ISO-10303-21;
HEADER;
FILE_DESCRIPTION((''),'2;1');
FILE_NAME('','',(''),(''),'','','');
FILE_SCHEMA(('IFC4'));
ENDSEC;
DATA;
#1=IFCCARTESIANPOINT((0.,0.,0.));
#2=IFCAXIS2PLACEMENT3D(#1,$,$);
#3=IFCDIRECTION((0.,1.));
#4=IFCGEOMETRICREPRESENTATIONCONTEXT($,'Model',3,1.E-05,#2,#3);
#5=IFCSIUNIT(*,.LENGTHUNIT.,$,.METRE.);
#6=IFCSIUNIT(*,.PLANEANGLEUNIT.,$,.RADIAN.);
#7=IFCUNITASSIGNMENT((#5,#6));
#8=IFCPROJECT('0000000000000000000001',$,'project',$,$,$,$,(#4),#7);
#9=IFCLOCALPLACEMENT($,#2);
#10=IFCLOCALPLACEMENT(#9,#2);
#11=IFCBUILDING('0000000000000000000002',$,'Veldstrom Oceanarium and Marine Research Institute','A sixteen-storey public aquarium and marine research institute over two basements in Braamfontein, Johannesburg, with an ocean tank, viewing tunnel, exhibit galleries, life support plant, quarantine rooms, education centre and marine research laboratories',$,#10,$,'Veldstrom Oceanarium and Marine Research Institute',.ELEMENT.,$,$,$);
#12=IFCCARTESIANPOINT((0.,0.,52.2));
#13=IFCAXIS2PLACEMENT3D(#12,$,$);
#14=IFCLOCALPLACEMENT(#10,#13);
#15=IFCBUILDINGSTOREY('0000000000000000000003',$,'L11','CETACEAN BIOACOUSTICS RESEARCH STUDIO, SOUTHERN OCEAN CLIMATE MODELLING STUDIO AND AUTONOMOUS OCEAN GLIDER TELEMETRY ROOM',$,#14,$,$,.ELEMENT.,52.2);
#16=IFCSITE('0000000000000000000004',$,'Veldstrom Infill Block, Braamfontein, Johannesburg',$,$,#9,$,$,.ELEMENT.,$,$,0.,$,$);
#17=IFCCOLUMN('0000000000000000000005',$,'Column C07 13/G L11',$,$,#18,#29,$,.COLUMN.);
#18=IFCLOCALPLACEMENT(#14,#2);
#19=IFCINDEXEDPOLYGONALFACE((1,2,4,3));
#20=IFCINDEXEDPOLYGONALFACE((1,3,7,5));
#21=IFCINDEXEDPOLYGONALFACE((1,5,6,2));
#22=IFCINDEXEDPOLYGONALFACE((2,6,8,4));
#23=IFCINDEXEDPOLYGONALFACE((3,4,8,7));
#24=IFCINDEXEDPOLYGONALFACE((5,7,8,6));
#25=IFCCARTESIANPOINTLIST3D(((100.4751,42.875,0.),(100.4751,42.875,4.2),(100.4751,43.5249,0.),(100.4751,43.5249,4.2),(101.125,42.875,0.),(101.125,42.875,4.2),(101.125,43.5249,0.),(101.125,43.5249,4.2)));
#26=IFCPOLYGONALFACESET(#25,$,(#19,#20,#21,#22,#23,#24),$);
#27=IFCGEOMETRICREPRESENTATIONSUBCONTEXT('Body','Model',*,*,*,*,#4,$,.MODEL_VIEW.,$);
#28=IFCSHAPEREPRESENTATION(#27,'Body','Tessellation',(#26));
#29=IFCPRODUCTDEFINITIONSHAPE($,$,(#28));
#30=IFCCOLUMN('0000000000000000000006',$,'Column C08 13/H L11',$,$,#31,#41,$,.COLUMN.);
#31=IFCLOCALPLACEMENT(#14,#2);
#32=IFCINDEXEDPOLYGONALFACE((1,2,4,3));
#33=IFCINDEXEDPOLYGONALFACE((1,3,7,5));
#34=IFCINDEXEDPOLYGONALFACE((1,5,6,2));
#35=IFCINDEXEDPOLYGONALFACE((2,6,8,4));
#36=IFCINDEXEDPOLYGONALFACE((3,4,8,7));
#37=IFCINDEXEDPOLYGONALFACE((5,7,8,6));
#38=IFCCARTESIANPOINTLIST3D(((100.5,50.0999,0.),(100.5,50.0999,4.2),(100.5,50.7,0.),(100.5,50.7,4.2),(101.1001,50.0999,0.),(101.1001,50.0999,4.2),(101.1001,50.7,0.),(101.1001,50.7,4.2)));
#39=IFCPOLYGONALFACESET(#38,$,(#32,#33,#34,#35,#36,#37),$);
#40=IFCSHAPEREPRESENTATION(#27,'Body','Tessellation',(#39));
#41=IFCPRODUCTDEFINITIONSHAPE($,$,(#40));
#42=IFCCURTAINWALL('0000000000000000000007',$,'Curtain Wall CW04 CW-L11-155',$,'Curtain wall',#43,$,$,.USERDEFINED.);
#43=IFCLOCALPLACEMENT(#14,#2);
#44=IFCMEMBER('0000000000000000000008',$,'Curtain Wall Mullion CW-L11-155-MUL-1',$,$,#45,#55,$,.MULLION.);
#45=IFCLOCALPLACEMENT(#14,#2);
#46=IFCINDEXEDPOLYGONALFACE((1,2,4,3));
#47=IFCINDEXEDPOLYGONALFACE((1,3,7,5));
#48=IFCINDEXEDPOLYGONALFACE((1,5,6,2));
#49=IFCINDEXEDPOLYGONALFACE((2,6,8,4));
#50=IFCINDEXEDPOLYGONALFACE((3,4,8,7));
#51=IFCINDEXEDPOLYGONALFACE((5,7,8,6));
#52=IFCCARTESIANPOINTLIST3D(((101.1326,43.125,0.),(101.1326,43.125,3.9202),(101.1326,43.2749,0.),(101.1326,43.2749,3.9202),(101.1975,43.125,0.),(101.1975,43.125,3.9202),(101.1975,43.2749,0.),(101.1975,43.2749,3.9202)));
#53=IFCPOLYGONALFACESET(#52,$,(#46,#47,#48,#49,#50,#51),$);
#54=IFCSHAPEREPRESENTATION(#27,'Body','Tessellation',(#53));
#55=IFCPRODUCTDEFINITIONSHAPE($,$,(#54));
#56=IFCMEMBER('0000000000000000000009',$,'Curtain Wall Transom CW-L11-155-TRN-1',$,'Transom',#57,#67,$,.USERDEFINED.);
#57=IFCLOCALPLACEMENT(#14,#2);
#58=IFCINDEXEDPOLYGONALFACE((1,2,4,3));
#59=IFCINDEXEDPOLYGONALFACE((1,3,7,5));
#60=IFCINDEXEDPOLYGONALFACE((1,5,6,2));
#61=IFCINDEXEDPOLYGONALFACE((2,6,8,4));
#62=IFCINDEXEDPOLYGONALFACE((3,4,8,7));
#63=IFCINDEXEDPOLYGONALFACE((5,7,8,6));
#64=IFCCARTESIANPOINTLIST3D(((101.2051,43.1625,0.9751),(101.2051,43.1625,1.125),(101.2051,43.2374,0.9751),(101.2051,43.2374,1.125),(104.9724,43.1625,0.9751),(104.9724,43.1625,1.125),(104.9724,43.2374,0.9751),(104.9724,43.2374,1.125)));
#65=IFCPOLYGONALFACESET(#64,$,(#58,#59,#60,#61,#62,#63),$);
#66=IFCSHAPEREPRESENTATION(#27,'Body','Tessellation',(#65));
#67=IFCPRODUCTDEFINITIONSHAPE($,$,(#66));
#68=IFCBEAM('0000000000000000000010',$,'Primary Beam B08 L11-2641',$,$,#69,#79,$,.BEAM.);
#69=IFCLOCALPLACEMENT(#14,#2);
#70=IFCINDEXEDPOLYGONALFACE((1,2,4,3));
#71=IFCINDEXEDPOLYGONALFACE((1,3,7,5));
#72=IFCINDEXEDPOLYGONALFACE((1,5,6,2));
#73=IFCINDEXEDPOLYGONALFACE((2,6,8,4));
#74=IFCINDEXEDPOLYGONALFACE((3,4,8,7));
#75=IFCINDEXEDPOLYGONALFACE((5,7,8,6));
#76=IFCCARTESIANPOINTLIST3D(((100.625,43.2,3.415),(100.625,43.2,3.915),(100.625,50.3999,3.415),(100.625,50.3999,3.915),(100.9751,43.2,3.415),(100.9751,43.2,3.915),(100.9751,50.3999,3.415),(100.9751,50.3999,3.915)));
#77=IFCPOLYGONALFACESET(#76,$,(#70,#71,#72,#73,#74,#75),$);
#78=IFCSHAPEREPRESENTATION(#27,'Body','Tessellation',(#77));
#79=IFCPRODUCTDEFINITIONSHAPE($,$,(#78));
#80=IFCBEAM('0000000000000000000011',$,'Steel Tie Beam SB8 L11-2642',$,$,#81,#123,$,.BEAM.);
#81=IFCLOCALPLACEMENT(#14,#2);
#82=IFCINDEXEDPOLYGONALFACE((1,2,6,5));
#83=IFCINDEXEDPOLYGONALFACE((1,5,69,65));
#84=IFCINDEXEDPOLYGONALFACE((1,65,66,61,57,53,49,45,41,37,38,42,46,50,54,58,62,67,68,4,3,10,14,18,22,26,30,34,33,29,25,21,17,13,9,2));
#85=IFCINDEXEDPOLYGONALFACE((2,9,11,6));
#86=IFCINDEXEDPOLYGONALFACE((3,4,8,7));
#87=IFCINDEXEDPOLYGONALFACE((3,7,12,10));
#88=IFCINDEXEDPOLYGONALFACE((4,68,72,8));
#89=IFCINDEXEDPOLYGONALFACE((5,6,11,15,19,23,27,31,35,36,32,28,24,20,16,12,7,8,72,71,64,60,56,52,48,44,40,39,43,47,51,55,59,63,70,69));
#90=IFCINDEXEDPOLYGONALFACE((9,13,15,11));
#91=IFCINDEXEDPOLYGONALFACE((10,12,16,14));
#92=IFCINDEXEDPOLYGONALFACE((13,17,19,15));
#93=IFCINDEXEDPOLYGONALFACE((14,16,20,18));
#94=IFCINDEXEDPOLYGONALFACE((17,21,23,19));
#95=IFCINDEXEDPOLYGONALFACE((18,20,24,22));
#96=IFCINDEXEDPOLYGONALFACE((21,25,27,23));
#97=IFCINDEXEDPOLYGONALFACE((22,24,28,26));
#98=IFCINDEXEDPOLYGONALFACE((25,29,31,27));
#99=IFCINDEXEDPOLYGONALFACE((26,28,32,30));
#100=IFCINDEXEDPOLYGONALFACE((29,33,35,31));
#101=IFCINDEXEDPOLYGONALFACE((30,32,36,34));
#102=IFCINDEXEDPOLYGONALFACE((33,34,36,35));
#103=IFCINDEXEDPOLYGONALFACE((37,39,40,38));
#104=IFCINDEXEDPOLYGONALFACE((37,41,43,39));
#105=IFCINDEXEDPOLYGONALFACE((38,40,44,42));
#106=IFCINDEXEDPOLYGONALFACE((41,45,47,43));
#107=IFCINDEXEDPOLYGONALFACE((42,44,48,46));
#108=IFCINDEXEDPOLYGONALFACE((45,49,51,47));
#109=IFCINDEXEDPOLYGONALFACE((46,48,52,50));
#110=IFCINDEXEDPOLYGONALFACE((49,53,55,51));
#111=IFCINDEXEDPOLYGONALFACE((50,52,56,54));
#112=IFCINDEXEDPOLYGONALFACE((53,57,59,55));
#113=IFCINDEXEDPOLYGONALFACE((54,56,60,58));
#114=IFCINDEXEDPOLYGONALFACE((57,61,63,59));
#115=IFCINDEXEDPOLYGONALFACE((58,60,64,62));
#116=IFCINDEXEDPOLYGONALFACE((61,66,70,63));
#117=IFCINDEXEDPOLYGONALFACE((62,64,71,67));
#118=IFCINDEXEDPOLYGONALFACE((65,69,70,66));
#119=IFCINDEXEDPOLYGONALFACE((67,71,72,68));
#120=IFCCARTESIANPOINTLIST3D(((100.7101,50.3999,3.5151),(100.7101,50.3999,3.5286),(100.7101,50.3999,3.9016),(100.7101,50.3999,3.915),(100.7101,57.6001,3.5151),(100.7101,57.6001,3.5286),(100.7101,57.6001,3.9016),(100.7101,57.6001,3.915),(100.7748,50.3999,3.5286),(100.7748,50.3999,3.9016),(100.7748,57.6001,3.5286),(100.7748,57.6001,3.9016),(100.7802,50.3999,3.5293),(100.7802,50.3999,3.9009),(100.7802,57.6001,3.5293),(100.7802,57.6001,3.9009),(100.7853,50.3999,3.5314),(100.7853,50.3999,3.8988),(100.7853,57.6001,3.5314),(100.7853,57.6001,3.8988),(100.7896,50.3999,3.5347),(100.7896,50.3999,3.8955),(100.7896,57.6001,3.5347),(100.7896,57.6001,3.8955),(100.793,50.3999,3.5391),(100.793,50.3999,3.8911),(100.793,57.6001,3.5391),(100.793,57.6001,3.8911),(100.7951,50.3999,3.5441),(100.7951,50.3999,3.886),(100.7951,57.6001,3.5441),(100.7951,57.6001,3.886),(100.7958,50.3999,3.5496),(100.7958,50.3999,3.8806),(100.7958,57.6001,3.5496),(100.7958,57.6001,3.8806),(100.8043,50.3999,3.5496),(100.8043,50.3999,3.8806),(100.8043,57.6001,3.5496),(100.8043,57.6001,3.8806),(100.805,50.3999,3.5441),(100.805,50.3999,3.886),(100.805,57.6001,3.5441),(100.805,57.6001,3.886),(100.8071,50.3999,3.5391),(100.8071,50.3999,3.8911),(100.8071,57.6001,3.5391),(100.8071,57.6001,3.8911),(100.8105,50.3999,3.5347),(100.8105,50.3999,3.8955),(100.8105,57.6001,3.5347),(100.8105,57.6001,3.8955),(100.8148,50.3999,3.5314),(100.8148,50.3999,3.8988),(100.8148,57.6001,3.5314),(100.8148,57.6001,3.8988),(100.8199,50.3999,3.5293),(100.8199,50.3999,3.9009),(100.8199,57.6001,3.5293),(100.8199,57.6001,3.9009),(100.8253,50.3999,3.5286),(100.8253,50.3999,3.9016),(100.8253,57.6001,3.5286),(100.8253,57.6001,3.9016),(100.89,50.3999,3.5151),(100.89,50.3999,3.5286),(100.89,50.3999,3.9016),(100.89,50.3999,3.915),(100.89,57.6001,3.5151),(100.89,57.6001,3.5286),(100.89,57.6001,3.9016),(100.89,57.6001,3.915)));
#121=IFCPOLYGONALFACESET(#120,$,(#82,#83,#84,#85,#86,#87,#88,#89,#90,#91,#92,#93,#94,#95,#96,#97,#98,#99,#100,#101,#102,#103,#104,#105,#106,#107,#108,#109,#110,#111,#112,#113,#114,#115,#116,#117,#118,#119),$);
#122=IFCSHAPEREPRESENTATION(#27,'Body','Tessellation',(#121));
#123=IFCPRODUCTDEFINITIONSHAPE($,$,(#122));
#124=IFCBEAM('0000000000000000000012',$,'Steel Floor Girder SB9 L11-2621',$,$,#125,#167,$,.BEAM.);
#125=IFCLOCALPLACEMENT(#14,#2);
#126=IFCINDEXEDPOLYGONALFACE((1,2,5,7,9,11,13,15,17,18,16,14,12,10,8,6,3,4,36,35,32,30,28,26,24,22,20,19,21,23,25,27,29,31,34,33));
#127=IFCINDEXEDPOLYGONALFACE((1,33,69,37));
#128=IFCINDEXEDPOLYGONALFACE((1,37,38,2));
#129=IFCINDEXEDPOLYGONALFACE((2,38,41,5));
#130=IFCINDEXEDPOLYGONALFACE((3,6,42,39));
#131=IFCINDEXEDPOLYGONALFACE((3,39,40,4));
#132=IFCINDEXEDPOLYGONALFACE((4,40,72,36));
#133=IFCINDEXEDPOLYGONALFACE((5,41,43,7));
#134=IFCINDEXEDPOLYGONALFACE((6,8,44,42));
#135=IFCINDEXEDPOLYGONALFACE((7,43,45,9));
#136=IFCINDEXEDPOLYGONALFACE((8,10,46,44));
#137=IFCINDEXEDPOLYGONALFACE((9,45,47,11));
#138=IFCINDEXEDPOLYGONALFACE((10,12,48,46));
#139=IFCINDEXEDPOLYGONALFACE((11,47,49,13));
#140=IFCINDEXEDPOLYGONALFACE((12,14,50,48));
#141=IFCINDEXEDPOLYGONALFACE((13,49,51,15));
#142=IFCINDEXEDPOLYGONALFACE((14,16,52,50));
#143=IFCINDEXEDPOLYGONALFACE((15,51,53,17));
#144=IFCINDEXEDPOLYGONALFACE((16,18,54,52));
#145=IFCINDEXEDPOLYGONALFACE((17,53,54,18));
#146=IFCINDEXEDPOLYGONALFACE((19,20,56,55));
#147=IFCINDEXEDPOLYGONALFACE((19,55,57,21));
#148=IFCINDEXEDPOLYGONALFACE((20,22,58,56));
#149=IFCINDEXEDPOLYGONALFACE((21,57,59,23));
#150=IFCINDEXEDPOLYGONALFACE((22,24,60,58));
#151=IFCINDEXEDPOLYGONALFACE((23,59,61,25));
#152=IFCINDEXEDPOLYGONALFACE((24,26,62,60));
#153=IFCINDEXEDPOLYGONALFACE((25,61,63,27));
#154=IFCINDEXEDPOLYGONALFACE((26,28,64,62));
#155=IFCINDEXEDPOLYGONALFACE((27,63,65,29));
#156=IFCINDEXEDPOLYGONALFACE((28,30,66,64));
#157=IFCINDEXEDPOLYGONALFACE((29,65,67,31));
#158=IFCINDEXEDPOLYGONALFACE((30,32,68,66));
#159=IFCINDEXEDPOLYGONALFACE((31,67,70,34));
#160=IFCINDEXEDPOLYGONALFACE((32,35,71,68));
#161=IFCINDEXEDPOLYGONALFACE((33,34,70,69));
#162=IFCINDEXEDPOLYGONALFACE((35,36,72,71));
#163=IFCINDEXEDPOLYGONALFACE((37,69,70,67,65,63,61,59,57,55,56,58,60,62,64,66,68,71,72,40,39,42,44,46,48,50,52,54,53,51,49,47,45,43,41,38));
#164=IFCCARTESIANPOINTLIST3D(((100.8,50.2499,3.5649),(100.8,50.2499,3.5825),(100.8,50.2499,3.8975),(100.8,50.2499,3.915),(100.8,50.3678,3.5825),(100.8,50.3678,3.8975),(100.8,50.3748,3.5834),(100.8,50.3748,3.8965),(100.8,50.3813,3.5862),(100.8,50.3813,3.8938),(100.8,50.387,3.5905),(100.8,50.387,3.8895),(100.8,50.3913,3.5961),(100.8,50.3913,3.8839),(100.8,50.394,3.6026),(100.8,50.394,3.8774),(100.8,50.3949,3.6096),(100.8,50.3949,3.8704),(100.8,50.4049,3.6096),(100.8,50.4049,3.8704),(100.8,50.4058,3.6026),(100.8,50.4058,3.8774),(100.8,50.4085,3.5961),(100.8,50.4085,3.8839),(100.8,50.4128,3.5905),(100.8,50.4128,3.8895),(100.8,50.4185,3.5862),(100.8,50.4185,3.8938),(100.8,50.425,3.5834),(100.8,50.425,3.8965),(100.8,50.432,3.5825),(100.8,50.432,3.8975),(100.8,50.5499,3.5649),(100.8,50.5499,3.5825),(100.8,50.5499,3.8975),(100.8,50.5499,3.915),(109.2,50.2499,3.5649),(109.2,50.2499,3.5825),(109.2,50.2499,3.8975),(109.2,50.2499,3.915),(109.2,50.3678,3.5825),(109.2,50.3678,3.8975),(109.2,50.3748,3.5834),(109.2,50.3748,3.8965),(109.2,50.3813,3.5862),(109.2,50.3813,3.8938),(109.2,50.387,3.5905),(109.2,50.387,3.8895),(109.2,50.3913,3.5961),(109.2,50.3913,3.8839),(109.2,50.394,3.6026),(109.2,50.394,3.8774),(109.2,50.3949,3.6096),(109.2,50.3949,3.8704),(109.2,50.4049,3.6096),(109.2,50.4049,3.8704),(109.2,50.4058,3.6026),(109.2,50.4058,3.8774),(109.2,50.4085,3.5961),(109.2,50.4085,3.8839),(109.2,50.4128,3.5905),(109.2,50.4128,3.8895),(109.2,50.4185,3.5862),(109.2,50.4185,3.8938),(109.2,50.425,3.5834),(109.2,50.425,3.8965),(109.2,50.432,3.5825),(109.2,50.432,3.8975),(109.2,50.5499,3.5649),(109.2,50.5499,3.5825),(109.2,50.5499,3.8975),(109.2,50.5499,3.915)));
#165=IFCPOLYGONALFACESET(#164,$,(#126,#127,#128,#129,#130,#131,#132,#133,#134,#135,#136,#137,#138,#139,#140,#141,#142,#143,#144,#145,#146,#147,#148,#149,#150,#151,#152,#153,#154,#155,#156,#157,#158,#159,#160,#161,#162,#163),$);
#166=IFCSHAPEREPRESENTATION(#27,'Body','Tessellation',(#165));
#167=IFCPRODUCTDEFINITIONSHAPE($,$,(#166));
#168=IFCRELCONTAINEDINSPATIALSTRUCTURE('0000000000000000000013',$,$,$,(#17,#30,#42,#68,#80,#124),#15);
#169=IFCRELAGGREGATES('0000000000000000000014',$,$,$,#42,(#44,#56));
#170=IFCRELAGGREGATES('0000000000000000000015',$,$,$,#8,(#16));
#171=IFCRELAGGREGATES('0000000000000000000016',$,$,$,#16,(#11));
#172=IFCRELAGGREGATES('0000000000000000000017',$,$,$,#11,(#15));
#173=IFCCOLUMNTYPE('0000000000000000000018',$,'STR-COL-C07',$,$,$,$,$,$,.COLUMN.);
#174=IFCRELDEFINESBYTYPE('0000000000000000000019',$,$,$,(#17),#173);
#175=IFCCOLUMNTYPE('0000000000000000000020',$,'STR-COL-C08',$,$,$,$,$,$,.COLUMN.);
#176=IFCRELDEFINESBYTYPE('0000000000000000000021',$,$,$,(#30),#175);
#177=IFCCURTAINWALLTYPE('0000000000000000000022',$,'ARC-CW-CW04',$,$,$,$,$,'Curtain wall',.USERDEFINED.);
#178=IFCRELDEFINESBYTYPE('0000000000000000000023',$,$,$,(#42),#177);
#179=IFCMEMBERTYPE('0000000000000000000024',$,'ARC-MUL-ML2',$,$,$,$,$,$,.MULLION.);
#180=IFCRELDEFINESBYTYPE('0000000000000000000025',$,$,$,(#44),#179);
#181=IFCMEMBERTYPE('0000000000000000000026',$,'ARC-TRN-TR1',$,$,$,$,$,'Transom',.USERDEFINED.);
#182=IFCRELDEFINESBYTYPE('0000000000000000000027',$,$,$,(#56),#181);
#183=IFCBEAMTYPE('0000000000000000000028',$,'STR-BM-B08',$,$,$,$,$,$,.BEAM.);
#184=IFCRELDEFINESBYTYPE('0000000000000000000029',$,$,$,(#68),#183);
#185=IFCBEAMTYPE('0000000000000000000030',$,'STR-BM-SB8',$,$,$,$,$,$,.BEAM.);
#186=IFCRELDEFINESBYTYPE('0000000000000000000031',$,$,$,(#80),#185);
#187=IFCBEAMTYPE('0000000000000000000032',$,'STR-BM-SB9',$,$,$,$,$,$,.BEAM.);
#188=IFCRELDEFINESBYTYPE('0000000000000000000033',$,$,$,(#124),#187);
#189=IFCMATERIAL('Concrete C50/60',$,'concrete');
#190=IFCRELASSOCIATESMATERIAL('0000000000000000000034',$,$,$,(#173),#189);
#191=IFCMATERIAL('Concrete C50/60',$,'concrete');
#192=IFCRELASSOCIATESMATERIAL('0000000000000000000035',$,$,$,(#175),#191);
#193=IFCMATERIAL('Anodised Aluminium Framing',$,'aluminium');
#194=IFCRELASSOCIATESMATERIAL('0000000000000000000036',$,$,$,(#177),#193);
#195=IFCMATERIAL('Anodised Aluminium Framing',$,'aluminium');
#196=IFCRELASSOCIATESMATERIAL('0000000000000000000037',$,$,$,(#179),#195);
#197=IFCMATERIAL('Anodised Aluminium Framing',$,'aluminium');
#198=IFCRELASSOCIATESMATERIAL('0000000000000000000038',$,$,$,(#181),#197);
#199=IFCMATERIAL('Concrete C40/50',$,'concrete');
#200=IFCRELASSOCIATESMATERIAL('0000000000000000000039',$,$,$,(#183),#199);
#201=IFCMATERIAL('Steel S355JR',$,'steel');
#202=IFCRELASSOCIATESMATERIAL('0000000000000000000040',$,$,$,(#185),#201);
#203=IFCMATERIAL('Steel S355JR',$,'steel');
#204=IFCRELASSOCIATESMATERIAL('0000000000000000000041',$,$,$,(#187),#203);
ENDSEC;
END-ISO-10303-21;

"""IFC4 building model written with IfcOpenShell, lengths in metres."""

from ifc_helpers import new_model, si_unit, direction, frame, origin, origin_2d, place, context, subcontext, project, spatial, rectangle, i_section, extrude, material, material_profile, profile_set, type_object, element, aggregate, save


model = new_model("IFC4")

# Units and contexts
model_context = context("Model", 3, precision=1e-05, world=origin(), true_north=direction((0.0, 1.0)))
body_context = subcontext(model_context, "Body", "Model", "MODEL_VIEW")
ifc_project = project(units=[si_unit("LENGTHUNIT", "METRE"), si_unit("PLANEANGLEUNIT", "RADIAN")], contexts=[model_context])

# Site, building, storey
site_placement = place(None, origin())
site = spatial("IfcSite", under=ifc_project, at=site_placement, Name="Veldstrom Infill Block, Braamfontein, Johannesburg", CompositionType="ELEMENT", RefElevation=0.0)
building_placement = place(site_placement, origin())
building = spatial("IfcBuilding", under=site, at=building_placement, Name="Veldstrom Oceanarium and Marine Research Institute", Description="A sixteen-storey public aquarium and marine research institute over two basements in Braamfontein, Johannesburg, with an ocean tank, viewing tunnel, exhibit galleries, life support plant, quarantine rooms, education centre and marine research laboratories", LongName="Veldstrom Oceanarium and Marine Research Institute", CompositionType="ELEMENT")
storey_placement = place(building_placement, frame((0.0, 0.0, 52.2)))
storey = spatial("IfcBuildingStorey", under=building, at=storey_placement, Name="L11", Description="CETACEAN BIOACOUSTICS RESEARCH STUDIO, SOUTHERN OCEAN CLIMATE MODELLING STUDIO AND AUTONOMOUS OCEAN GLIDER TELEMETRY ROOM", CompositionType="ELEMENT", Elevation=52.2)

# Columns
ifc_material_1 = material(Name="Concrete C50/60", Category="concrete")
ifc_material_profile_1 = material_profile(ifc_material_1, rectangle(XDim=0.6499, YDim=0.6499, at=origin_2d()), Name="RC-COL-650x650")
ifc_profile_set_1 = profile_set([ifc_material_profile_1], Name="Concrete C50/60")
column_type_1 = type_object("IfcColumnType", Name="STR-COL-C07", PredefinedType="COLUMN", material=ifc_profile_set_1)
column_1_placement = place(storey_placement, frame((100.8, 43.2, 0.0), z_axis=(0.0, 0.0, 1.0), x_axis=(1.0, 0.0, 0.0)))
element("IfcColumn", 1, at=column_1_placement, inside=storey, type_object=column_type_1, Name="Column C07 13/G L11", PredefinedType="COLUMN", context=body_context, shape_type="SweptSolid", body=[
    extrude(rectangle(XDim=0.6499, YDim=0.6499, at=origin_2d()), origin(), (0.0, 0.0, 1.0), 4.2),
])
ifc_material_2 = material(Name="Concrete C50/60", Category="concrete")
ifc_material_profile_2 = material_profile(ifc_material_2, rectangle(XDim=0.6001, YDim=0.6001, at=origin_2d()), Name="RC-COL-600x600")
ifc_profile_set_2 = profile_set([ifc_material_profile_2], Name="Concrete C50/60")
column_type_2 = type_object("IfcColumnType", Name="STR-COL-C08", PredefinedType="COLUMN", material=ifc_profile_set_2)
column_2_placement = place(storey_placement, frame((100.8, 50.3999, 0.0), z_axis=(0.0, 0.0, 1.0), x_axis=(1.0, 0.0, 0.0)))
element("IfcColumn", 2, at=column_2_placement, inside=storey, type_object=column_type_2, Name="Column C08 13/H L11", PredefinedType="COLUMN", context=body_context, shape_type="SweptSolid", body=[
    extrude(rectangle(XDim=0.6001, YDim=0.6001, at=origin_2d()), origin(), (0.0, 0.0, 1.0), 4.2),
])

# Curtain wall, members
ifc_material_3 = material(Name="Anodised Aluminium Framing", Category="aluminium")
curtain_wall_type = type_object("IfcCurtainWallType", Name="ARC-CW-CW04", ElementType="Curtain wall", PredefinedType="USERDEFINED", material=ifc_material_3)
curtain_wall_placement = place(storey_placement, origin())
curtain_wall = element("IfcCurtainWall", 3, at=curtain_wall_placement, inside=storey, type_object=curtain_wall_type, Name="Curtain Wall CW04 CW-L11-155", ObjectType="Curtain wall", PredefinedType="USERDEFINED")
ifc_material_4 = material(Name="Anodised Aluminium Framing", Category="aluminium")
ifc_material_profile_3 = material_profile(ifc_material_4, rectangle(XDim=0.0649, YDim=0.1499, at=origin_2d()), Name="ALU-MUL-65x150")
ifc_profile_set_3 = profile_set([ifc_material_profile_3], Name="Anodised Aluminium Framing")
member_type_1 = type_object("IfcMemberType", Name="ARC-MUL-ML2", PredefinedType="MULLION", material=ifc_profile_set_3)
member_1_placement = place(storey_placement, frame((101.165, 43.2, 0.0), z_axis=(0.0, 0.0, 1.0), x_axis=(1.0, 0.0, 0.0)))
member_1 = element("IfcMember", 4, at=member_1_placement, type_object=member_type_1, Name="Curtain Wall Mullion CW-L11-155-MUL-1", PredefinedType="MULLION", context=body_context, shape_type="SweptSolid", body=[
    extrude(rectangle(XDim=0.0649, YDim=0.1499, at=origin_2d()), origin(), (0.0, 0.0, 1.0), 3.9202),
])
ifc_material_5 = material(Name="Anodised Aluminium Framing", Category="aluminium")
ifc_material_profile_4 = material_profile(ifc_material_5, rectangle(XDim=0.075, YDim=0.1499, at=origin_2d()), Name="ALU-TRN-75x150")
ifc_profile_set_4 = profile_set([ifc_material_profile_4], Name="Anodised Aluminium Framing")
member_type_2 = type_object("IfcMemberType", Name="ARC-TRN-TR1", ElementType="Transom", PredefinedType="USERDEFINED", material=ifc_profile_set_4)
member_2_placement = place(storey_placement, frame((101.2051, 43.2, 1.05), z_axis=(1.0, 0.0, 0.0), x_axis=(0.0, 1.0, 0.0)))
member_2 = element("IfcMember", 5, at=member_2_placement, type_object=member_type_2, Name="Curtain Wall Transom CW-L11-155-TRN-1", ObjectType="Transom", PredefinedType="USERDEFINED", context=body_context, shape_type="SweptSolid", body=[
    extrude(rectangle(XDim=0.075, YDim=0.1499, at=origin_2d()), origin(), (0.0, 0.0, 1.0), 3.7673),
])

# Beams
ifc_material_6 = material(Name="Concrete C40/50", Category="concrete")
ifc_material_profile_5 = material_profile(ifc_material_6, rectangle(XDim=0.3501, YDim=0.5, at=origin_2d()), Name="RC-BM-350x500")
ifc_profile_set_5 = profile_set([ifc_material_profile_5], Name="Concrete C40/50")
beam_type_1 = type_object("IfcBeamType", Name="STR-BM-B08", PredefinedType="BEAM", material=ifc_profile_set_5)
beam_1_placement = place(storey_placement, frame((100.8, 43.2, 3.665), z_axis=(0.0, 1.0, 0.0), x_axis=(-1.0, 0.0, 0.0)))
element("IfcBeam", 6, at=beam_1_placement, inside=storey, type_object=beam_type_1, Name="Primary Beam B08 L11-2641", PredefinedType="BEAM", context=body_context, shape_type="SweptSolid", body=[
    extrude(rectangle(XDim=0.3501, YDim=0.5, at=origin_2d()), origin(), (0.0, 0.0, 1.0), 7.2),
])
ifc_material_7 = material(Name="Steel S355JR", Category="steel")
ifc_material_profile_6 = material_profile(ifc_material_7, i_section(OverallWidth=0.1799, OverallDepth=0.3999, WebThickness=0.0085, FlangeThickness=0.0134, FilletRadius=0.021, at=origin_2d()), Name="IPE 400")
ifc_profile_set_6 = profile_set([ifc_material_profile_6], Name="Steel S355JR")
beam_type_2 = type_object("IfcBeamType", Name="STR-BM-SB8", PredefinedType="BEAM", material=ifc_profile_set_6)
beam_2_placement = place(storey_placement, frame((100.8, 50.3999, 3.7151), z_axis=(0.0, 1.0, 0.0), x_axis=(-1.0, 0.0, 0.0)))
element("IfcBeam", 7, at=beam_2_placement, inside=storey, type_object=beam_type_2, Name="Steel Tie Beam SB8 L11-2642", PredefinedType="BEAM", context=body_context, shape_type="SweptSolid", body=[
    extrude(i_section(OverallWidth=0.1799, OverallDepth=0.3999, WebThickness=0.0085, FlangeThickness=0.0134, FilletRadius=0.021, at=origin_2d()), origin(), (0.0, 0.0, 1.0), 7.2002),
])
ifc_material_8 = material(Name="Steel S355JR", Category="steel")
ifc_material_profile_7 = material_profile(ifc_material_8, i_section(OverallWidth=0.3, OverallDepth=0.3501, WebThickness=0.01, FlangeThickness=0.0176, FilletRadius=0.0271, at=origin_2d()), Name="HEA 360")
ifc_profile_set_7 = profile_set([ifc_material_profile_7], Name="Steel S355JR")
beam_type_3 = type_object("IfcBeamType", Name="STR-BM-SB9", PredefinedType="BEAM", material=ifc_profile_set_7)
beam_3_placement = place(storey_placement, frame((100.8, 50.3999, 3.74), z_axis=(1.0, 0.0, 0.0), x_axis=(0.0, 1.0, 0.0)))
element("IfcBeam", 8, at=beam_3_placement, inside=storey, type_object=beam_type_3, Name="Steel Floor Girder SB9 L11-2621", PredefinedType="BEAM", context=body_context, shape_type="SweptSolid", body=[
    extrude(i_section(OverallWidth=0.3, OverallDepth=0.3501, WebThickness=0.01, FlangeThickness=0.0176, FilletRadius=0.0271, at=origin_2d()), origin(), (0.0, 0.0, 1.0), 8.3999),
])

aggregate(curtain_wall, [member_1, member_2])

save(model, "model.ifc")
